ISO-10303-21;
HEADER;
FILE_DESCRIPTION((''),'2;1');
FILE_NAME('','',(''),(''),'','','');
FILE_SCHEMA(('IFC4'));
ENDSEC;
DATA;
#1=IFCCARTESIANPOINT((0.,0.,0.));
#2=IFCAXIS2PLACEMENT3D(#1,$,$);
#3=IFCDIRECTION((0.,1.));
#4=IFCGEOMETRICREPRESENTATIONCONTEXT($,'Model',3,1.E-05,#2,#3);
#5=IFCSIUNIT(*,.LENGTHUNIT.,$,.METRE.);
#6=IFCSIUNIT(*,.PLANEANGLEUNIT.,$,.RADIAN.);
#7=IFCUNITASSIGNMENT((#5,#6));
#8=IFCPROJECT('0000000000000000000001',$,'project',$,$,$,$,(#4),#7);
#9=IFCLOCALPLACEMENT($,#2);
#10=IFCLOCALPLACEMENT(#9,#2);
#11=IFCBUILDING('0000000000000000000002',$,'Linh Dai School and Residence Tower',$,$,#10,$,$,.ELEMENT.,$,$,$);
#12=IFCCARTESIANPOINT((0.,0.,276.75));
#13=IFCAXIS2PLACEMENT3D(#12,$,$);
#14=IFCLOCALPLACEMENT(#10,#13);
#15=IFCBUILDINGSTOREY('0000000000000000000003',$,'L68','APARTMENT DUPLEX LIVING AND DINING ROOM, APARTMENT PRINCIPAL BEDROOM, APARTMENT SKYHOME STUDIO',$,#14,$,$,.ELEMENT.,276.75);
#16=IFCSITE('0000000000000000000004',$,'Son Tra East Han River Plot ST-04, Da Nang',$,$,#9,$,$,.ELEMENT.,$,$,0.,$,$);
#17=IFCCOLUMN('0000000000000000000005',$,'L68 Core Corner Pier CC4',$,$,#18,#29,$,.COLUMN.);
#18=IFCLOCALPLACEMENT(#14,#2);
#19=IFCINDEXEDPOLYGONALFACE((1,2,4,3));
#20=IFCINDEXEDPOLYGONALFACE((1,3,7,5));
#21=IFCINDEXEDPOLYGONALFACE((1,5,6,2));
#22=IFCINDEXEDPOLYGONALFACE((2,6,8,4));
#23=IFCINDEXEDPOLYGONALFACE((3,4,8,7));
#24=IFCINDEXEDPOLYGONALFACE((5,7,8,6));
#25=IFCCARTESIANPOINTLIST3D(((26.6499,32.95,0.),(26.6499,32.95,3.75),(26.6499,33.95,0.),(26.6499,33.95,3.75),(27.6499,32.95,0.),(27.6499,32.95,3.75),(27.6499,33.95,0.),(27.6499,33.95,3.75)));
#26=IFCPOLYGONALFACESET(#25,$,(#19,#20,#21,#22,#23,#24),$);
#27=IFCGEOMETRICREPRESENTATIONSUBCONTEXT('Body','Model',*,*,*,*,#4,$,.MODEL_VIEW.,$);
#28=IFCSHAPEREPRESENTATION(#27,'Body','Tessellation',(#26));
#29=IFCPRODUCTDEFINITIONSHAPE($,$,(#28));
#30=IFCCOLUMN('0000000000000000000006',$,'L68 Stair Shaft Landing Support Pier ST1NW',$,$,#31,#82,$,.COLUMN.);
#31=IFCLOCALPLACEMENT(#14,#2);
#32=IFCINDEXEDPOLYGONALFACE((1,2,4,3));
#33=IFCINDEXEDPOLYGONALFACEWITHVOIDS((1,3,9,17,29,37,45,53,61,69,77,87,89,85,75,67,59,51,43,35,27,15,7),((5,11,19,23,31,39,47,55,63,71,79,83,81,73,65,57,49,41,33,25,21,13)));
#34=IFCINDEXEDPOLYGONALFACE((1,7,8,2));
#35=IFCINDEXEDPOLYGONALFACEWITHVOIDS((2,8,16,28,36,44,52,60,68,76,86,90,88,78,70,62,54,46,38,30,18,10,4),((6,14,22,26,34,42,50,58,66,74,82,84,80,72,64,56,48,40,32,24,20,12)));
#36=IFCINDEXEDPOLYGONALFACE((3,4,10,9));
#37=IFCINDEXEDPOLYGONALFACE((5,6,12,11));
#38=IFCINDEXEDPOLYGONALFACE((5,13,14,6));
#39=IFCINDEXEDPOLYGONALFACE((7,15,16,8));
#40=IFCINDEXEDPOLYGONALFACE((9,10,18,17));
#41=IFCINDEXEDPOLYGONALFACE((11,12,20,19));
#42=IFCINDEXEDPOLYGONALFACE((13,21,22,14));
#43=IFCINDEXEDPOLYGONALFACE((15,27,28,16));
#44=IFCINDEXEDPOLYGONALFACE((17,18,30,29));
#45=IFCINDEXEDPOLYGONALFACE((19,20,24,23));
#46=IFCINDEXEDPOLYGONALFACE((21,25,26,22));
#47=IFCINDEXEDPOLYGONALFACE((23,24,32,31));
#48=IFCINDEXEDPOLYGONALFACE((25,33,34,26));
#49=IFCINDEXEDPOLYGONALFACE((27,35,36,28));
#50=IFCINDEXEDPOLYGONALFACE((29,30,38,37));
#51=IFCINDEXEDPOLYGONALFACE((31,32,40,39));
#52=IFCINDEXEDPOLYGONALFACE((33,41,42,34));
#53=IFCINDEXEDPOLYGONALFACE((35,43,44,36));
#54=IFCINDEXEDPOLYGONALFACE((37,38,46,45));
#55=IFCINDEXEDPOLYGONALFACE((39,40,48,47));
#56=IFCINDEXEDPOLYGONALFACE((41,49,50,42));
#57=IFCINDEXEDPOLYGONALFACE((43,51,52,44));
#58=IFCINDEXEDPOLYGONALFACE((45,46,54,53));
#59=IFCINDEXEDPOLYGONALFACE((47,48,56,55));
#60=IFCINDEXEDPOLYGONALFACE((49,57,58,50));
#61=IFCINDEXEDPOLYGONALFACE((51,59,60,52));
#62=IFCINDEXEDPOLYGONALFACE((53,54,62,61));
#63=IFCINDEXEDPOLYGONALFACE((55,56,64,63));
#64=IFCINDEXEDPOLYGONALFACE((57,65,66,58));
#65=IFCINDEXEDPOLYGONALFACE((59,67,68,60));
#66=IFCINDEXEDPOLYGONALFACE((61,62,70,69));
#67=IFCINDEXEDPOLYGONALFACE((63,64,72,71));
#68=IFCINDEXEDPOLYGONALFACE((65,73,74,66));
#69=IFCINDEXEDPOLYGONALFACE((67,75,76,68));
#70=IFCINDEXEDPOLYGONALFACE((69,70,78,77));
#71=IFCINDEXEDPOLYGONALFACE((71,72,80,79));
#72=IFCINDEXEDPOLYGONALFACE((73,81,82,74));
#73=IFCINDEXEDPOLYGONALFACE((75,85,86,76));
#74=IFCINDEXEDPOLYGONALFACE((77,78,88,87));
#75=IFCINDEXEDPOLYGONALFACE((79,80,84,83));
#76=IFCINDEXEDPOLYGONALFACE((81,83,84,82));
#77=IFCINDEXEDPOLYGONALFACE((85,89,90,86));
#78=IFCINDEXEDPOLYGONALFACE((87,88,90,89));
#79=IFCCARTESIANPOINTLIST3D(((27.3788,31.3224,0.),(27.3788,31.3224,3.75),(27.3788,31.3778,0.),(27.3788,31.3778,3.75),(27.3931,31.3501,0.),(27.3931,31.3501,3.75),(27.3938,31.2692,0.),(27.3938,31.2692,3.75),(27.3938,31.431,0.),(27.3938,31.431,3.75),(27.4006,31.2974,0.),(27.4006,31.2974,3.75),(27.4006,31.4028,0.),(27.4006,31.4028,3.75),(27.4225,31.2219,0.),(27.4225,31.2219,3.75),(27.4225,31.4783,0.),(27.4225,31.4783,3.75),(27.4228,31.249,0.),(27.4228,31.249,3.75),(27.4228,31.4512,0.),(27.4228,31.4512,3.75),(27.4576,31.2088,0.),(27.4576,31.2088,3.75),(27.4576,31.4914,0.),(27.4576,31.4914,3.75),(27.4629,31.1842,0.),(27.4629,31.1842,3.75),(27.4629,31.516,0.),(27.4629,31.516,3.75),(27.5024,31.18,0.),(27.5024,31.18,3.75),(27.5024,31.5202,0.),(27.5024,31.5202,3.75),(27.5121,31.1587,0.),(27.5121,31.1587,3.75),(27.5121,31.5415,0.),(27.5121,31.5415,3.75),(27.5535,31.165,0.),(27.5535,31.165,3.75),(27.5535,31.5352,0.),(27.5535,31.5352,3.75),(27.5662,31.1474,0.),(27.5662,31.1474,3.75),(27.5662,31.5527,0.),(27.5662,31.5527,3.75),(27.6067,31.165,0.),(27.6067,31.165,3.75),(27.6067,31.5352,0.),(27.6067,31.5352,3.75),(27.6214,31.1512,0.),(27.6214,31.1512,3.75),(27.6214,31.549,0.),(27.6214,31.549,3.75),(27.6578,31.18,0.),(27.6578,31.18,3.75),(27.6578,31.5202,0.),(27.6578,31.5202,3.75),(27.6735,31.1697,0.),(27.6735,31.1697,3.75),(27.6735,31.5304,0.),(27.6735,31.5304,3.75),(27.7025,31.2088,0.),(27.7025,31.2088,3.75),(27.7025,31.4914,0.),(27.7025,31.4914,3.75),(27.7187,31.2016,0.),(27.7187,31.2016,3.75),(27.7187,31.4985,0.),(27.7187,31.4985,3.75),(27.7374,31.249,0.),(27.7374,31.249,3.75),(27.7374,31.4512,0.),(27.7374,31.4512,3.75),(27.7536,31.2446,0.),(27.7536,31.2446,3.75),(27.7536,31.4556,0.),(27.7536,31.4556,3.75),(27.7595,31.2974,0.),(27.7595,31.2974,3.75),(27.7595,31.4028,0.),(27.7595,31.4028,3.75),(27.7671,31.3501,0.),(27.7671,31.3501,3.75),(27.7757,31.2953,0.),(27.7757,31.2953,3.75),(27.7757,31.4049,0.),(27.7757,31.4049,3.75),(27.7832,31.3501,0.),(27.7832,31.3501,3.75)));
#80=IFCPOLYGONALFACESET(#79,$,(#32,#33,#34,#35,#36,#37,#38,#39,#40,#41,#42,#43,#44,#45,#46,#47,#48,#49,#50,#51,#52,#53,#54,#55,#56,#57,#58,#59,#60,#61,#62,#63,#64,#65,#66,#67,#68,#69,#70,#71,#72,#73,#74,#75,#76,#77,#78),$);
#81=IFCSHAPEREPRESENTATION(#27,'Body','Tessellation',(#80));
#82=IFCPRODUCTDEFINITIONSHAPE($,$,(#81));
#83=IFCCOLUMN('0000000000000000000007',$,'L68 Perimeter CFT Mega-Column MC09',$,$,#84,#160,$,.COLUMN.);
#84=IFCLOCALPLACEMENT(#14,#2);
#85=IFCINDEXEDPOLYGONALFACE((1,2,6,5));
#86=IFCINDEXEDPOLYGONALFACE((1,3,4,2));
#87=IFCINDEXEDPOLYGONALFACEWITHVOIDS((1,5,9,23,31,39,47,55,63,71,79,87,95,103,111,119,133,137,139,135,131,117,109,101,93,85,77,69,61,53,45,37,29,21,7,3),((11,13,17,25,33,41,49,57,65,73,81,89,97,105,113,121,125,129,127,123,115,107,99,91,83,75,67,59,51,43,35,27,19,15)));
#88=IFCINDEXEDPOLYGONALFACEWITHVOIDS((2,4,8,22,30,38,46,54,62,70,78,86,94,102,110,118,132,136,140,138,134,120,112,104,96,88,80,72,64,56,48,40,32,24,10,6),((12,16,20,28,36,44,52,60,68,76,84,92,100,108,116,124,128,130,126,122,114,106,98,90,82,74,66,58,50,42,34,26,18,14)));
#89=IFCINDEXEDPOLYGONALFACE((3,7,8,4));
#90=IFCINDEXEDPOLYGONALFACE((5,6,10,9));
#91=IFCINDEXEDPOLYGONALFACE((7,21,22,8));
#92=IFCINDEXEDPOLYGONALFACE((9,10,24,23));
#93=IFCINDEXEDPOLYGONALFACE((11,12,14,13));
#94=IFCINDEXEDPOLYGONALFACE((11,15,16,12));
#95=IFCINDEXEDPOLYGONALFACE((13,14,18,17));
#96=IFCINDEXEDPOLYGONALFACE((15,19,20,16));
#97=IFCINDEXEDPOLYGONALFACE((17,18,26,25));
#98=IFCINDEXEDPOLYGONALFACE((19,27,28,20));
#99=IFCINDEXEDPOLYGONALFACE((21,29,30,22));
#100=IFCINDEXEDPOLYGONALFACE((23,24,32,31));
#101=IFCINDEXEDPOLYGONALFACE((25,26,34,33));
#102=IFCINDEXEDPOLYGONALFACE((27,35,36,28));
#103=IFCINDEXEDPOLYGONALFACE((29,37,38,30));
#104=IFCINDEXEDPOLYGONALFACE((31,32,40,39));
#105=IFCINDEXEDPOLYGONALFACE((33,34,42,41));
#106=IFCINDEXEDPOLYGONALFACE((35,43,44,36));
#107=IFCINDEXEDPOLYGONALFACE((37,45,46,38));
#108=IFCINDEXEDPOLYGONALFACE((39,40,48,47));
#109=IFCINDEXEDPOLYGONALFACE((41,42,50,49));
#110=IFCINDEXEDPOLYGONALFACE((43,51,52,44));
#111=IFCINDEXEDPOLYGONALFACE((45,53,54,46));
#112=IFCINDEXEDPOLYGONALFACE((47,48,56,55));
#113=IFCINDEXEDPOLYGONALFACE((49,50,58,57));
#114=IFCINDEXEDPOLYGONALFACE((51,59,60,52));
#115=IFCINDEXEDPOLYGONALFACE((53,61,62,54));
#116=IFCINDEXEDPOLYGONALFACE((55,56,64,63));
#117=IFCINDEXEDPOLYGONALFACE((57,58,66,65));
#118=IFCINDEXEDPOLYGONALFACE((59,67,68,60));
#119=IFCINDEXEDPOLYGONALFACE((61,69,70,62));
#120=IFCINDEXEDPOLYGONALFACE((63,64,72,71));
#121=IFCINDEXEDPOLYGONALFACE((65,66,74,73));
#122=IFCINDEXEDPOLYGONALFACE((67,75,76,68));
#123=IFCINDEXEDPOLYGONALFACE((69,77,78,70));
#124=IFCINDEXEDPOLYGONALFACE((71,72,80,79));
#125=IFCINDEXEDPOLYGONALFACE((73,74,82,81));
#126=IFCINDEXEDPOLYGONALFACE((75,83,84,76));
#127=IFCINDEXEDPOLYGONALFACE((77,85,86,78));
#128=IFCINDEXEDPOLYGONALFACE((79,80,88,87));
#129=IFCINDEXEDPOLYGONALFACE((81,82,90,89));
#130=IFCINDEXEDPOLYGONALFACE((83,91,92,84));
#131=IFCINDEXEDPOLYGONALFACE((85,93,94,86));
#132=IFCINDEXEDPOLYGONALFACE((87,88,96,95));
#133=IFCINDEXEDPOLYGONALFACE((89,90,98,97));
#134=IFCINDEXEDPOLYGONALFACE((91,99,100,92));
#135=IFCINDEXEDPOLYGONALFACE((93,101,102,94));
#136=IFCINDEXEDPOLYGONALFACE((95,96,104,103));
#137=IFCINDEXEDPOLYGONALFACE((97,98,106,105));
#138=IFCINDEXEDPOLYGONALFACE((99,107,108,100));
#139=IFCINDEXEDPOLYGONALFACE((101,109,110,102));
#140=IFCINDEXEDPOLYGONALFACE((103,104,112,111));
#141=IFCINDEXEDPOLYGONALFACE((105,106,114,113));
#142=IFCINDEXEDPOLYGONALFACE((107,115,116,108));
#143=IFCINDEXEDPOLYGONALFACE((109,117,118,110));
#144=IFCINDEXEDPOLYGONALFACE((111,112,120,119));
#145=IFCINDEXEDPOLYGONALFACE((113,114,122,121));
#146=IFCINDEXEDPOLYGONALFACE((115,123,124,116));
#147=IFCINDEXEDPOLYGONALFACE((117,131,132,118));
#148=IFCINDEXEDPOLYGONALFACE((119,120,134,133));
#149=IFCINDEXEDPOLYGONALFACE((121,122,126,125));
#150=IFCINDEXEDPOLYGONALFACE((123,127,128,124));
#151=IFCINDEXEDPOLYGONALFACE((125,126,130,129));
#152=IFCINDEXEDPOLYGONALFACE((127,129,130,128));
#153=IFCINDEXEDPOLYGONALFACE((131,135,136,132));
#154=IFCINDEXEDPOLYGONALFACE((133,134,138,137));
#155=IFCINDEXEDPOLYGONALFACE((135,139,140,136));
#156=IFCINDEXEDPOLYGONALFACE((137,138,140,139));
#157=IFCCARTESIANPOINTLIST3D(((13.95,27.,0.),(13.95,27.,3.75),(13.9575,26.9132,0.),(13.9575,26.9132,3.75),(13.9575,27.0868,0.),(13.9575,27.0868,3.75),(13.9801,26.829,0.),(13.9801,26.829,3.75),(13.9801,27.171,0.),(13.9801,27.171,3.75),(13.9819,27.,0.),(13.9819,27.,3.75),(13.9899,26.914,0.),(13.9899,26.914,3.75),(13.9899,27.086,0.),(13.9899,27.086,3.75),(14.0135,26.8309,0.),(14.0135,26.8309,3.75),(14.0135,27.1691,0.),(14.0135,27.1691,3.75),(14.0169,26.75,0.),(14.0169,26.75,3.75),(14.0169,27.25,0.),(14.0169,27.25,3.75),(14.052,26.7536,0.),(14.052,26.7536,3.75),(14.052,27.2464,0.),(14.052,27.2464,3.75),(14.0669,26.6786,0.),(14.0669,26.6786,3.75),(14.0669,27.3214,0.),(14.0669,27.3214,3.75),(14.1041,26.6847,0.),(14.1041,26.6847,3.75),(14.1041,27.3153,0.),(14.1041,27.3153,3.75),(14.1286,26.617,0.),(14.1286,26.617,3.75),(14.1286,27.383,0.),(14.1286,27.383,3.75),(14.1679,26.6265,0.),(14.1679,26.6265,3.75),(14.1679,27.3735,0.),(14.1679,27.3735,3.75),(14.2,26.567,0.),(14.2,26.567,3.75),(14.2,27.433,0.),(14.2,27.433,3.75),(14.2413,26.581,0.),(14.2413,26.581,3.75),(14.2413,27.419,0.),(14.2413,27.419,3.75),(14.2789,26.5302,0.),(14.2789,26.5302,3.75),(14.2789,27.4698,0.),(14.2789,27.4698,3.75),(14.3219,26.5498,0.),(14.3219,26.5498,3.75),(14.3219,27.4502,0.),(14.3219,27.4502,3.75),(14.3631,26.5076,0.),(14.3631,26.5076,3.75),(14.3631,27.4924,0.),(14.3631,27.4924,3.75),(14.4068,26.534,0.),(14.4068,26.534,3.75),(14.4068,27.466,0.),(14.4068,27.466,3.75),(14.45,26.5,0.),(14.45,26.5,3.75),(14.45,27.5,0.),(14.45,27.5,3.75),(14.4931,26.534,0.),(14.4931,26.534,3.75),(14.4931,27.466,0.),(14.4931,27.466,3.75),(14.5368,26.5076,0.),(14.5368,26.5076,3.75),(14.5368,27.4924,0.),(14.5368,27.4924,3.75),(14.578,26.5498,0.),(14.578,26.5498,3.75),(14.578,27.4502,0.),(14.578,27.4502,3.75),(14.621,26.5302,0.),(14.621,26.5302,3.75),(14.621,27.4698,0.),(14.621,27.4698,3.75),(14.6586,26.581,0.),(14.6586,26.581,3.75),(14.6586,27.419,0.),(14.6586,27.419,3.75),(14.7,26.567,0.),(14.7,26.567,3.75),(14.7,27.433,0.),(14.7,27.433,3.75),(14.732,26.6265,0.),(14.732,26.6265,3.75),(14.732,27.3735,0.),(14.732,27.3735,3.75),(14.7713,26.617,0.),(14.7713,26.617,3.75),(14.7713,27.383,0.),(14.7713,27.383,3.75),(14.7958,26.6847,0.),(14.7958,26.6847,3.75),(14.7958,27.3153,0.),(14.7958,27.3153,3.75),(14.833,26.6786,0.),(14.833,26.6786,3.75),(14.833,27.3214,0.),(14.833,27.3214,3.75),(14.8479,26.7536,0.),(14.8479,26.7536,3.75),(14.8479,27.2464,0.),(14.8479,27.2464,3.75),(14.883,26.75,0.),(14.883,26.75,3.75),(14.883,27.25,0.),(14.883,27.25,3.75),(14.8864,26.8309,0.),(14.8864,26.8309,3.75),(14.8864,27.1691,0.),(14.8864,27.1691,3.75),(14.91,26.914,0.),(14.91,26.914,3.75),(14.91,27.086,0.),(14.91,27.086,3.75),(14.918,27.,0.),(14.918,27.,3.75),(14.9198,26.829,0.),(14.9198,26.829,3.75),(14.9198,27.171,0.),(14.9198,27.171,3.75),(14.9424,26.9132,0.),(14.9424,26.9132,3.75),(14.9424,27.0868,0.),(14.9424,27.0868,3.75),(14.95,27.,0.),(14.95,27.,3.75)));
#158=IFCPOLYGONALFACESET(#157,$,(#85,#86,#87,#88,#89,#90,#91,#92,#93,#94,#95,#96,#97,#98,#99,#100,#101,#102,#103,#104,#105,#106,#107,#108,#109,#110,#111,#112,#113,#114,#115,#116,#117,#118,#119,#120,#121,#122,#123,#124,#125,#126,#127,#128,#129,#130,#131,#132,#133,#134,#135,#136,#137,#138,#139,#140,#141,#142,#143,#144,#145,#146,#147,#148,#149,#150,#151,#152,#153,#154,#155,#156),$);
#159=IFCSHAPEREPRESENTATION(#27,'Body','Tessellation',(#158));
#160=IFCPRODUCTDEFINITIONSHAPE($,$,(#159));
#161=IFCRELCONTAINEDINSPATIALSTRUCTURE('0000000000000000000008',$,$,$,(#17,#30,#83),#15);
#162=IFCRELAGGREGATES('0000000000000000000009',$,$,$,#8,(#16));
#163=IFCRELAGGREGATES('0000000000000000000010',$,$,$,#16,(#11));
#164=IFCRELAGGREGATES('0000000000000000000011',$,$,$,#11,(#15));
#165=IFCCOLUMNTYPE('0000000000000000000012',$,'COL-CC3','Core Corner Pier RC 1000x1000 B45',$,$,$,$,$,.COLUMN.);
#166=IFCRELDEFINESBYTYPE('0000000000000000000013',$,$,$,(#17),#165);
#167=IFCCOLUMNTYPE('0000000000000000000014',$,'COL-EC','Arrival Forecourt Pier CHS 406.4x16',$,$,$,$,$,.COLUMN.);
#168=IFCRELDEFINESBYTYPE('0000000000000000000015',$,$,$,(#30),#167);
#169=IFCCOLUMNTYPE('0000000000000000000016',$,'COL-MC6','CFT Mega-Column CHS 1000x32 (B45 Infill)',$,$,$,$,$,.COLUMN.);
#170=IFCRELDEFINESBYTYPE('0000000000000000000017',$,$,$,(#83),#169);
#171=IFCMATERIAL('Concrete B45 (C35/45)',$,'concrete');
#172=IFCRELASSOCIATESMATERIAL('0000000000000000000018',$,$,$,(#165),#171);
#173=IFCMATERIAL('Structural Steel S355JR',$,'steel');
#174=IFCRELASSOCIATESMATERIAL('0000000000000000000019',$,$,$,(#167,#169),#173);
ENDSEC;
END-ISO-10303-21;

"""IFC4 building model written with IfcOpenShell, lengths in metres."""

from ifc_helpers import new_model, si_unit, direction, frame, origin, origin_2d, place, context, subcontext, project, spatial, rectangle, hollow_circle, extrude, material, material_profile, profile_set, type_object, element, save


model = new_model("IFC4")

# Units and contexts
model_context = context("Model", 3, precision=1e-05, world=origin(), true_north=direction((0.0, 1.0)))
body_context = subcontext(model_context, "Body", "Model", "MODEL_VIEW")
ifc_project = project(units=[si_unit("LENGTHUNIT", "METRE"), si_unit("PLANEANGLEUNIT", "RADIAN")], contexts=[model_context])

# Site, building, storey
site_placement = place(None, origin())
site = spatial("IfcSite", under=ifc_project, at=site_placement, Name="Son Tra East Han River Plot ST-04, Da Nang", CompositionType="ELEMENT", RefElevation=0.0)
building_placement = place(site_placement, origin())
building = spatial("IfcBuilding", under=site, at=building_placement, Name="Linh Dai School and Residence Tower", CompositionType="ELEMENT")
storey_placement = place(building_placement, frame((0.0, 0.0, 276.75)))
storey = spatial("IfcBuildingStorey", under=building, at=storey_placement, Name="L68", Description="APARTMENT DUPLEX LIVING AND DINING ROOM, APARTMENT PRINCIPAL BEDROOM, APARTMENT SKYHOME STUDIO", CompositionType="ELEMENT", Elevation=276.75)

# Columns
ifc_material_1 = material(Name="Concrete B45 (C35/45)", Category="concrete")
ifc_material_profile_1 = material_profile(ifc_material_1, rectangle(XDim=1.0, YDim=1.0, at=origin_2d()), Name="RC 1000x1000")
ifc_profile_set_1 = profile_set([ifc_material_profile_1], Name="Concrete B45 (C35/45)")
column_type_1 = type_object("IfcColumnType", Name="COL-CC3", Description="Core Corner Pier RC 1000x1000 B45", PredefinedType="COLUMN", material=ifc_profile_set_1)
column_1_placement = place(storey_placement, frame((27.1499, 33.45, 0.0), z_axis=(0.0, 0.0, 1.0), x_axis=(1.0, 0.0, 0.0)))
element("IfcColumn", 1, at=column_1_placement, inside=storey, type_object=column_type_1, Name="L68 Core Corner Pier CC4", PredefinedType="COLUMN", context=body_context, shape_type="SweptSolid", body=[
    extrude(rectangle(XDim=1.0, YDim=1.0, at=origin_2d()), origin(), (0.0, 0.0, 1.0), 3.75),
])
ifc_material_2 = material(Name="Structural Steel S355JR", Category="steel")
ifc_material_profile_2 = material_profile(ifc_material_2, hollow_circle(Radius=0.2031, WallThickness=0.0161, at=origin_2d()), Name="CHS 406.4x16")
ifc_profile_set_2 = profile_set([ifc_material_profile_2], Name="Structural Steel S355JR")
column_type_2 = type_object("IfcColumnType", Name="COL-EC", Description="Arrival Forecourt Pier CHS 406.4x16", PredefinedType="COLUMN", material=ifc_profile_set_2)
column_2_placement = place(storey_placement, frame((27.5801, 31.3501, 0.0), z_axis=(0.0, 0.0, 1.0), x_axis=(1.0, 0.0, 0.0)))
element("IfcColumn", 2, at=column_2_placement, inside=storey, type_object=column_type_2, Name="L68 Stair Shaft Landing Support Pier ST1NW", PredefinedType="COLUMN", context=body_context, shape_type="SweptSolid", body=[
    extrude(hollow_circle(Radius=0.2031, WallThickness=0.0161, at=origin_2d()), origin(), (0.0, 0.0, 1.0), 3.75),
])
ifc_material_profile_3 = material_profile(ifc_material_2, hollow_circle(Radius=0.5, WallThickness=0.032, at=origin_2d()), Name="CHS 1000x32")
ifc_profile_set_3 = profile_set([ifc_material_profile_3], Name="Structural Steel S355JR")
column_type_3 = type_object("IfcColumnType", Name="COL-MC6", Description="CFT Mega-Column CHS 1000x32 (B45 Infill)", PredefinedType="COLUMN", material=ifc_profile_set_3)
column_3_placement = place(storey_placement, frame((14.45, 27.0, 0.0), z_axis=(0.0, 0.0, 1.0), x_axis=(1.0, 0.0, 0.0)))
element("IfcColumn", 3, at=column_3_placement, inside=storey, type_object=column_type_3, Name="L68 Perimeter CFT Mega-Column MC09", PredefinedType="COLUMN", context=body_context, shape_type="SweptSolid", body=[
    extrude(hollow_circle(Radius=0.5, WallThickness=0.032, at=origin_2d()), origin(), (0.0, 0.0, 1.0), 3.75),
])

save(model, "model.ifc")
